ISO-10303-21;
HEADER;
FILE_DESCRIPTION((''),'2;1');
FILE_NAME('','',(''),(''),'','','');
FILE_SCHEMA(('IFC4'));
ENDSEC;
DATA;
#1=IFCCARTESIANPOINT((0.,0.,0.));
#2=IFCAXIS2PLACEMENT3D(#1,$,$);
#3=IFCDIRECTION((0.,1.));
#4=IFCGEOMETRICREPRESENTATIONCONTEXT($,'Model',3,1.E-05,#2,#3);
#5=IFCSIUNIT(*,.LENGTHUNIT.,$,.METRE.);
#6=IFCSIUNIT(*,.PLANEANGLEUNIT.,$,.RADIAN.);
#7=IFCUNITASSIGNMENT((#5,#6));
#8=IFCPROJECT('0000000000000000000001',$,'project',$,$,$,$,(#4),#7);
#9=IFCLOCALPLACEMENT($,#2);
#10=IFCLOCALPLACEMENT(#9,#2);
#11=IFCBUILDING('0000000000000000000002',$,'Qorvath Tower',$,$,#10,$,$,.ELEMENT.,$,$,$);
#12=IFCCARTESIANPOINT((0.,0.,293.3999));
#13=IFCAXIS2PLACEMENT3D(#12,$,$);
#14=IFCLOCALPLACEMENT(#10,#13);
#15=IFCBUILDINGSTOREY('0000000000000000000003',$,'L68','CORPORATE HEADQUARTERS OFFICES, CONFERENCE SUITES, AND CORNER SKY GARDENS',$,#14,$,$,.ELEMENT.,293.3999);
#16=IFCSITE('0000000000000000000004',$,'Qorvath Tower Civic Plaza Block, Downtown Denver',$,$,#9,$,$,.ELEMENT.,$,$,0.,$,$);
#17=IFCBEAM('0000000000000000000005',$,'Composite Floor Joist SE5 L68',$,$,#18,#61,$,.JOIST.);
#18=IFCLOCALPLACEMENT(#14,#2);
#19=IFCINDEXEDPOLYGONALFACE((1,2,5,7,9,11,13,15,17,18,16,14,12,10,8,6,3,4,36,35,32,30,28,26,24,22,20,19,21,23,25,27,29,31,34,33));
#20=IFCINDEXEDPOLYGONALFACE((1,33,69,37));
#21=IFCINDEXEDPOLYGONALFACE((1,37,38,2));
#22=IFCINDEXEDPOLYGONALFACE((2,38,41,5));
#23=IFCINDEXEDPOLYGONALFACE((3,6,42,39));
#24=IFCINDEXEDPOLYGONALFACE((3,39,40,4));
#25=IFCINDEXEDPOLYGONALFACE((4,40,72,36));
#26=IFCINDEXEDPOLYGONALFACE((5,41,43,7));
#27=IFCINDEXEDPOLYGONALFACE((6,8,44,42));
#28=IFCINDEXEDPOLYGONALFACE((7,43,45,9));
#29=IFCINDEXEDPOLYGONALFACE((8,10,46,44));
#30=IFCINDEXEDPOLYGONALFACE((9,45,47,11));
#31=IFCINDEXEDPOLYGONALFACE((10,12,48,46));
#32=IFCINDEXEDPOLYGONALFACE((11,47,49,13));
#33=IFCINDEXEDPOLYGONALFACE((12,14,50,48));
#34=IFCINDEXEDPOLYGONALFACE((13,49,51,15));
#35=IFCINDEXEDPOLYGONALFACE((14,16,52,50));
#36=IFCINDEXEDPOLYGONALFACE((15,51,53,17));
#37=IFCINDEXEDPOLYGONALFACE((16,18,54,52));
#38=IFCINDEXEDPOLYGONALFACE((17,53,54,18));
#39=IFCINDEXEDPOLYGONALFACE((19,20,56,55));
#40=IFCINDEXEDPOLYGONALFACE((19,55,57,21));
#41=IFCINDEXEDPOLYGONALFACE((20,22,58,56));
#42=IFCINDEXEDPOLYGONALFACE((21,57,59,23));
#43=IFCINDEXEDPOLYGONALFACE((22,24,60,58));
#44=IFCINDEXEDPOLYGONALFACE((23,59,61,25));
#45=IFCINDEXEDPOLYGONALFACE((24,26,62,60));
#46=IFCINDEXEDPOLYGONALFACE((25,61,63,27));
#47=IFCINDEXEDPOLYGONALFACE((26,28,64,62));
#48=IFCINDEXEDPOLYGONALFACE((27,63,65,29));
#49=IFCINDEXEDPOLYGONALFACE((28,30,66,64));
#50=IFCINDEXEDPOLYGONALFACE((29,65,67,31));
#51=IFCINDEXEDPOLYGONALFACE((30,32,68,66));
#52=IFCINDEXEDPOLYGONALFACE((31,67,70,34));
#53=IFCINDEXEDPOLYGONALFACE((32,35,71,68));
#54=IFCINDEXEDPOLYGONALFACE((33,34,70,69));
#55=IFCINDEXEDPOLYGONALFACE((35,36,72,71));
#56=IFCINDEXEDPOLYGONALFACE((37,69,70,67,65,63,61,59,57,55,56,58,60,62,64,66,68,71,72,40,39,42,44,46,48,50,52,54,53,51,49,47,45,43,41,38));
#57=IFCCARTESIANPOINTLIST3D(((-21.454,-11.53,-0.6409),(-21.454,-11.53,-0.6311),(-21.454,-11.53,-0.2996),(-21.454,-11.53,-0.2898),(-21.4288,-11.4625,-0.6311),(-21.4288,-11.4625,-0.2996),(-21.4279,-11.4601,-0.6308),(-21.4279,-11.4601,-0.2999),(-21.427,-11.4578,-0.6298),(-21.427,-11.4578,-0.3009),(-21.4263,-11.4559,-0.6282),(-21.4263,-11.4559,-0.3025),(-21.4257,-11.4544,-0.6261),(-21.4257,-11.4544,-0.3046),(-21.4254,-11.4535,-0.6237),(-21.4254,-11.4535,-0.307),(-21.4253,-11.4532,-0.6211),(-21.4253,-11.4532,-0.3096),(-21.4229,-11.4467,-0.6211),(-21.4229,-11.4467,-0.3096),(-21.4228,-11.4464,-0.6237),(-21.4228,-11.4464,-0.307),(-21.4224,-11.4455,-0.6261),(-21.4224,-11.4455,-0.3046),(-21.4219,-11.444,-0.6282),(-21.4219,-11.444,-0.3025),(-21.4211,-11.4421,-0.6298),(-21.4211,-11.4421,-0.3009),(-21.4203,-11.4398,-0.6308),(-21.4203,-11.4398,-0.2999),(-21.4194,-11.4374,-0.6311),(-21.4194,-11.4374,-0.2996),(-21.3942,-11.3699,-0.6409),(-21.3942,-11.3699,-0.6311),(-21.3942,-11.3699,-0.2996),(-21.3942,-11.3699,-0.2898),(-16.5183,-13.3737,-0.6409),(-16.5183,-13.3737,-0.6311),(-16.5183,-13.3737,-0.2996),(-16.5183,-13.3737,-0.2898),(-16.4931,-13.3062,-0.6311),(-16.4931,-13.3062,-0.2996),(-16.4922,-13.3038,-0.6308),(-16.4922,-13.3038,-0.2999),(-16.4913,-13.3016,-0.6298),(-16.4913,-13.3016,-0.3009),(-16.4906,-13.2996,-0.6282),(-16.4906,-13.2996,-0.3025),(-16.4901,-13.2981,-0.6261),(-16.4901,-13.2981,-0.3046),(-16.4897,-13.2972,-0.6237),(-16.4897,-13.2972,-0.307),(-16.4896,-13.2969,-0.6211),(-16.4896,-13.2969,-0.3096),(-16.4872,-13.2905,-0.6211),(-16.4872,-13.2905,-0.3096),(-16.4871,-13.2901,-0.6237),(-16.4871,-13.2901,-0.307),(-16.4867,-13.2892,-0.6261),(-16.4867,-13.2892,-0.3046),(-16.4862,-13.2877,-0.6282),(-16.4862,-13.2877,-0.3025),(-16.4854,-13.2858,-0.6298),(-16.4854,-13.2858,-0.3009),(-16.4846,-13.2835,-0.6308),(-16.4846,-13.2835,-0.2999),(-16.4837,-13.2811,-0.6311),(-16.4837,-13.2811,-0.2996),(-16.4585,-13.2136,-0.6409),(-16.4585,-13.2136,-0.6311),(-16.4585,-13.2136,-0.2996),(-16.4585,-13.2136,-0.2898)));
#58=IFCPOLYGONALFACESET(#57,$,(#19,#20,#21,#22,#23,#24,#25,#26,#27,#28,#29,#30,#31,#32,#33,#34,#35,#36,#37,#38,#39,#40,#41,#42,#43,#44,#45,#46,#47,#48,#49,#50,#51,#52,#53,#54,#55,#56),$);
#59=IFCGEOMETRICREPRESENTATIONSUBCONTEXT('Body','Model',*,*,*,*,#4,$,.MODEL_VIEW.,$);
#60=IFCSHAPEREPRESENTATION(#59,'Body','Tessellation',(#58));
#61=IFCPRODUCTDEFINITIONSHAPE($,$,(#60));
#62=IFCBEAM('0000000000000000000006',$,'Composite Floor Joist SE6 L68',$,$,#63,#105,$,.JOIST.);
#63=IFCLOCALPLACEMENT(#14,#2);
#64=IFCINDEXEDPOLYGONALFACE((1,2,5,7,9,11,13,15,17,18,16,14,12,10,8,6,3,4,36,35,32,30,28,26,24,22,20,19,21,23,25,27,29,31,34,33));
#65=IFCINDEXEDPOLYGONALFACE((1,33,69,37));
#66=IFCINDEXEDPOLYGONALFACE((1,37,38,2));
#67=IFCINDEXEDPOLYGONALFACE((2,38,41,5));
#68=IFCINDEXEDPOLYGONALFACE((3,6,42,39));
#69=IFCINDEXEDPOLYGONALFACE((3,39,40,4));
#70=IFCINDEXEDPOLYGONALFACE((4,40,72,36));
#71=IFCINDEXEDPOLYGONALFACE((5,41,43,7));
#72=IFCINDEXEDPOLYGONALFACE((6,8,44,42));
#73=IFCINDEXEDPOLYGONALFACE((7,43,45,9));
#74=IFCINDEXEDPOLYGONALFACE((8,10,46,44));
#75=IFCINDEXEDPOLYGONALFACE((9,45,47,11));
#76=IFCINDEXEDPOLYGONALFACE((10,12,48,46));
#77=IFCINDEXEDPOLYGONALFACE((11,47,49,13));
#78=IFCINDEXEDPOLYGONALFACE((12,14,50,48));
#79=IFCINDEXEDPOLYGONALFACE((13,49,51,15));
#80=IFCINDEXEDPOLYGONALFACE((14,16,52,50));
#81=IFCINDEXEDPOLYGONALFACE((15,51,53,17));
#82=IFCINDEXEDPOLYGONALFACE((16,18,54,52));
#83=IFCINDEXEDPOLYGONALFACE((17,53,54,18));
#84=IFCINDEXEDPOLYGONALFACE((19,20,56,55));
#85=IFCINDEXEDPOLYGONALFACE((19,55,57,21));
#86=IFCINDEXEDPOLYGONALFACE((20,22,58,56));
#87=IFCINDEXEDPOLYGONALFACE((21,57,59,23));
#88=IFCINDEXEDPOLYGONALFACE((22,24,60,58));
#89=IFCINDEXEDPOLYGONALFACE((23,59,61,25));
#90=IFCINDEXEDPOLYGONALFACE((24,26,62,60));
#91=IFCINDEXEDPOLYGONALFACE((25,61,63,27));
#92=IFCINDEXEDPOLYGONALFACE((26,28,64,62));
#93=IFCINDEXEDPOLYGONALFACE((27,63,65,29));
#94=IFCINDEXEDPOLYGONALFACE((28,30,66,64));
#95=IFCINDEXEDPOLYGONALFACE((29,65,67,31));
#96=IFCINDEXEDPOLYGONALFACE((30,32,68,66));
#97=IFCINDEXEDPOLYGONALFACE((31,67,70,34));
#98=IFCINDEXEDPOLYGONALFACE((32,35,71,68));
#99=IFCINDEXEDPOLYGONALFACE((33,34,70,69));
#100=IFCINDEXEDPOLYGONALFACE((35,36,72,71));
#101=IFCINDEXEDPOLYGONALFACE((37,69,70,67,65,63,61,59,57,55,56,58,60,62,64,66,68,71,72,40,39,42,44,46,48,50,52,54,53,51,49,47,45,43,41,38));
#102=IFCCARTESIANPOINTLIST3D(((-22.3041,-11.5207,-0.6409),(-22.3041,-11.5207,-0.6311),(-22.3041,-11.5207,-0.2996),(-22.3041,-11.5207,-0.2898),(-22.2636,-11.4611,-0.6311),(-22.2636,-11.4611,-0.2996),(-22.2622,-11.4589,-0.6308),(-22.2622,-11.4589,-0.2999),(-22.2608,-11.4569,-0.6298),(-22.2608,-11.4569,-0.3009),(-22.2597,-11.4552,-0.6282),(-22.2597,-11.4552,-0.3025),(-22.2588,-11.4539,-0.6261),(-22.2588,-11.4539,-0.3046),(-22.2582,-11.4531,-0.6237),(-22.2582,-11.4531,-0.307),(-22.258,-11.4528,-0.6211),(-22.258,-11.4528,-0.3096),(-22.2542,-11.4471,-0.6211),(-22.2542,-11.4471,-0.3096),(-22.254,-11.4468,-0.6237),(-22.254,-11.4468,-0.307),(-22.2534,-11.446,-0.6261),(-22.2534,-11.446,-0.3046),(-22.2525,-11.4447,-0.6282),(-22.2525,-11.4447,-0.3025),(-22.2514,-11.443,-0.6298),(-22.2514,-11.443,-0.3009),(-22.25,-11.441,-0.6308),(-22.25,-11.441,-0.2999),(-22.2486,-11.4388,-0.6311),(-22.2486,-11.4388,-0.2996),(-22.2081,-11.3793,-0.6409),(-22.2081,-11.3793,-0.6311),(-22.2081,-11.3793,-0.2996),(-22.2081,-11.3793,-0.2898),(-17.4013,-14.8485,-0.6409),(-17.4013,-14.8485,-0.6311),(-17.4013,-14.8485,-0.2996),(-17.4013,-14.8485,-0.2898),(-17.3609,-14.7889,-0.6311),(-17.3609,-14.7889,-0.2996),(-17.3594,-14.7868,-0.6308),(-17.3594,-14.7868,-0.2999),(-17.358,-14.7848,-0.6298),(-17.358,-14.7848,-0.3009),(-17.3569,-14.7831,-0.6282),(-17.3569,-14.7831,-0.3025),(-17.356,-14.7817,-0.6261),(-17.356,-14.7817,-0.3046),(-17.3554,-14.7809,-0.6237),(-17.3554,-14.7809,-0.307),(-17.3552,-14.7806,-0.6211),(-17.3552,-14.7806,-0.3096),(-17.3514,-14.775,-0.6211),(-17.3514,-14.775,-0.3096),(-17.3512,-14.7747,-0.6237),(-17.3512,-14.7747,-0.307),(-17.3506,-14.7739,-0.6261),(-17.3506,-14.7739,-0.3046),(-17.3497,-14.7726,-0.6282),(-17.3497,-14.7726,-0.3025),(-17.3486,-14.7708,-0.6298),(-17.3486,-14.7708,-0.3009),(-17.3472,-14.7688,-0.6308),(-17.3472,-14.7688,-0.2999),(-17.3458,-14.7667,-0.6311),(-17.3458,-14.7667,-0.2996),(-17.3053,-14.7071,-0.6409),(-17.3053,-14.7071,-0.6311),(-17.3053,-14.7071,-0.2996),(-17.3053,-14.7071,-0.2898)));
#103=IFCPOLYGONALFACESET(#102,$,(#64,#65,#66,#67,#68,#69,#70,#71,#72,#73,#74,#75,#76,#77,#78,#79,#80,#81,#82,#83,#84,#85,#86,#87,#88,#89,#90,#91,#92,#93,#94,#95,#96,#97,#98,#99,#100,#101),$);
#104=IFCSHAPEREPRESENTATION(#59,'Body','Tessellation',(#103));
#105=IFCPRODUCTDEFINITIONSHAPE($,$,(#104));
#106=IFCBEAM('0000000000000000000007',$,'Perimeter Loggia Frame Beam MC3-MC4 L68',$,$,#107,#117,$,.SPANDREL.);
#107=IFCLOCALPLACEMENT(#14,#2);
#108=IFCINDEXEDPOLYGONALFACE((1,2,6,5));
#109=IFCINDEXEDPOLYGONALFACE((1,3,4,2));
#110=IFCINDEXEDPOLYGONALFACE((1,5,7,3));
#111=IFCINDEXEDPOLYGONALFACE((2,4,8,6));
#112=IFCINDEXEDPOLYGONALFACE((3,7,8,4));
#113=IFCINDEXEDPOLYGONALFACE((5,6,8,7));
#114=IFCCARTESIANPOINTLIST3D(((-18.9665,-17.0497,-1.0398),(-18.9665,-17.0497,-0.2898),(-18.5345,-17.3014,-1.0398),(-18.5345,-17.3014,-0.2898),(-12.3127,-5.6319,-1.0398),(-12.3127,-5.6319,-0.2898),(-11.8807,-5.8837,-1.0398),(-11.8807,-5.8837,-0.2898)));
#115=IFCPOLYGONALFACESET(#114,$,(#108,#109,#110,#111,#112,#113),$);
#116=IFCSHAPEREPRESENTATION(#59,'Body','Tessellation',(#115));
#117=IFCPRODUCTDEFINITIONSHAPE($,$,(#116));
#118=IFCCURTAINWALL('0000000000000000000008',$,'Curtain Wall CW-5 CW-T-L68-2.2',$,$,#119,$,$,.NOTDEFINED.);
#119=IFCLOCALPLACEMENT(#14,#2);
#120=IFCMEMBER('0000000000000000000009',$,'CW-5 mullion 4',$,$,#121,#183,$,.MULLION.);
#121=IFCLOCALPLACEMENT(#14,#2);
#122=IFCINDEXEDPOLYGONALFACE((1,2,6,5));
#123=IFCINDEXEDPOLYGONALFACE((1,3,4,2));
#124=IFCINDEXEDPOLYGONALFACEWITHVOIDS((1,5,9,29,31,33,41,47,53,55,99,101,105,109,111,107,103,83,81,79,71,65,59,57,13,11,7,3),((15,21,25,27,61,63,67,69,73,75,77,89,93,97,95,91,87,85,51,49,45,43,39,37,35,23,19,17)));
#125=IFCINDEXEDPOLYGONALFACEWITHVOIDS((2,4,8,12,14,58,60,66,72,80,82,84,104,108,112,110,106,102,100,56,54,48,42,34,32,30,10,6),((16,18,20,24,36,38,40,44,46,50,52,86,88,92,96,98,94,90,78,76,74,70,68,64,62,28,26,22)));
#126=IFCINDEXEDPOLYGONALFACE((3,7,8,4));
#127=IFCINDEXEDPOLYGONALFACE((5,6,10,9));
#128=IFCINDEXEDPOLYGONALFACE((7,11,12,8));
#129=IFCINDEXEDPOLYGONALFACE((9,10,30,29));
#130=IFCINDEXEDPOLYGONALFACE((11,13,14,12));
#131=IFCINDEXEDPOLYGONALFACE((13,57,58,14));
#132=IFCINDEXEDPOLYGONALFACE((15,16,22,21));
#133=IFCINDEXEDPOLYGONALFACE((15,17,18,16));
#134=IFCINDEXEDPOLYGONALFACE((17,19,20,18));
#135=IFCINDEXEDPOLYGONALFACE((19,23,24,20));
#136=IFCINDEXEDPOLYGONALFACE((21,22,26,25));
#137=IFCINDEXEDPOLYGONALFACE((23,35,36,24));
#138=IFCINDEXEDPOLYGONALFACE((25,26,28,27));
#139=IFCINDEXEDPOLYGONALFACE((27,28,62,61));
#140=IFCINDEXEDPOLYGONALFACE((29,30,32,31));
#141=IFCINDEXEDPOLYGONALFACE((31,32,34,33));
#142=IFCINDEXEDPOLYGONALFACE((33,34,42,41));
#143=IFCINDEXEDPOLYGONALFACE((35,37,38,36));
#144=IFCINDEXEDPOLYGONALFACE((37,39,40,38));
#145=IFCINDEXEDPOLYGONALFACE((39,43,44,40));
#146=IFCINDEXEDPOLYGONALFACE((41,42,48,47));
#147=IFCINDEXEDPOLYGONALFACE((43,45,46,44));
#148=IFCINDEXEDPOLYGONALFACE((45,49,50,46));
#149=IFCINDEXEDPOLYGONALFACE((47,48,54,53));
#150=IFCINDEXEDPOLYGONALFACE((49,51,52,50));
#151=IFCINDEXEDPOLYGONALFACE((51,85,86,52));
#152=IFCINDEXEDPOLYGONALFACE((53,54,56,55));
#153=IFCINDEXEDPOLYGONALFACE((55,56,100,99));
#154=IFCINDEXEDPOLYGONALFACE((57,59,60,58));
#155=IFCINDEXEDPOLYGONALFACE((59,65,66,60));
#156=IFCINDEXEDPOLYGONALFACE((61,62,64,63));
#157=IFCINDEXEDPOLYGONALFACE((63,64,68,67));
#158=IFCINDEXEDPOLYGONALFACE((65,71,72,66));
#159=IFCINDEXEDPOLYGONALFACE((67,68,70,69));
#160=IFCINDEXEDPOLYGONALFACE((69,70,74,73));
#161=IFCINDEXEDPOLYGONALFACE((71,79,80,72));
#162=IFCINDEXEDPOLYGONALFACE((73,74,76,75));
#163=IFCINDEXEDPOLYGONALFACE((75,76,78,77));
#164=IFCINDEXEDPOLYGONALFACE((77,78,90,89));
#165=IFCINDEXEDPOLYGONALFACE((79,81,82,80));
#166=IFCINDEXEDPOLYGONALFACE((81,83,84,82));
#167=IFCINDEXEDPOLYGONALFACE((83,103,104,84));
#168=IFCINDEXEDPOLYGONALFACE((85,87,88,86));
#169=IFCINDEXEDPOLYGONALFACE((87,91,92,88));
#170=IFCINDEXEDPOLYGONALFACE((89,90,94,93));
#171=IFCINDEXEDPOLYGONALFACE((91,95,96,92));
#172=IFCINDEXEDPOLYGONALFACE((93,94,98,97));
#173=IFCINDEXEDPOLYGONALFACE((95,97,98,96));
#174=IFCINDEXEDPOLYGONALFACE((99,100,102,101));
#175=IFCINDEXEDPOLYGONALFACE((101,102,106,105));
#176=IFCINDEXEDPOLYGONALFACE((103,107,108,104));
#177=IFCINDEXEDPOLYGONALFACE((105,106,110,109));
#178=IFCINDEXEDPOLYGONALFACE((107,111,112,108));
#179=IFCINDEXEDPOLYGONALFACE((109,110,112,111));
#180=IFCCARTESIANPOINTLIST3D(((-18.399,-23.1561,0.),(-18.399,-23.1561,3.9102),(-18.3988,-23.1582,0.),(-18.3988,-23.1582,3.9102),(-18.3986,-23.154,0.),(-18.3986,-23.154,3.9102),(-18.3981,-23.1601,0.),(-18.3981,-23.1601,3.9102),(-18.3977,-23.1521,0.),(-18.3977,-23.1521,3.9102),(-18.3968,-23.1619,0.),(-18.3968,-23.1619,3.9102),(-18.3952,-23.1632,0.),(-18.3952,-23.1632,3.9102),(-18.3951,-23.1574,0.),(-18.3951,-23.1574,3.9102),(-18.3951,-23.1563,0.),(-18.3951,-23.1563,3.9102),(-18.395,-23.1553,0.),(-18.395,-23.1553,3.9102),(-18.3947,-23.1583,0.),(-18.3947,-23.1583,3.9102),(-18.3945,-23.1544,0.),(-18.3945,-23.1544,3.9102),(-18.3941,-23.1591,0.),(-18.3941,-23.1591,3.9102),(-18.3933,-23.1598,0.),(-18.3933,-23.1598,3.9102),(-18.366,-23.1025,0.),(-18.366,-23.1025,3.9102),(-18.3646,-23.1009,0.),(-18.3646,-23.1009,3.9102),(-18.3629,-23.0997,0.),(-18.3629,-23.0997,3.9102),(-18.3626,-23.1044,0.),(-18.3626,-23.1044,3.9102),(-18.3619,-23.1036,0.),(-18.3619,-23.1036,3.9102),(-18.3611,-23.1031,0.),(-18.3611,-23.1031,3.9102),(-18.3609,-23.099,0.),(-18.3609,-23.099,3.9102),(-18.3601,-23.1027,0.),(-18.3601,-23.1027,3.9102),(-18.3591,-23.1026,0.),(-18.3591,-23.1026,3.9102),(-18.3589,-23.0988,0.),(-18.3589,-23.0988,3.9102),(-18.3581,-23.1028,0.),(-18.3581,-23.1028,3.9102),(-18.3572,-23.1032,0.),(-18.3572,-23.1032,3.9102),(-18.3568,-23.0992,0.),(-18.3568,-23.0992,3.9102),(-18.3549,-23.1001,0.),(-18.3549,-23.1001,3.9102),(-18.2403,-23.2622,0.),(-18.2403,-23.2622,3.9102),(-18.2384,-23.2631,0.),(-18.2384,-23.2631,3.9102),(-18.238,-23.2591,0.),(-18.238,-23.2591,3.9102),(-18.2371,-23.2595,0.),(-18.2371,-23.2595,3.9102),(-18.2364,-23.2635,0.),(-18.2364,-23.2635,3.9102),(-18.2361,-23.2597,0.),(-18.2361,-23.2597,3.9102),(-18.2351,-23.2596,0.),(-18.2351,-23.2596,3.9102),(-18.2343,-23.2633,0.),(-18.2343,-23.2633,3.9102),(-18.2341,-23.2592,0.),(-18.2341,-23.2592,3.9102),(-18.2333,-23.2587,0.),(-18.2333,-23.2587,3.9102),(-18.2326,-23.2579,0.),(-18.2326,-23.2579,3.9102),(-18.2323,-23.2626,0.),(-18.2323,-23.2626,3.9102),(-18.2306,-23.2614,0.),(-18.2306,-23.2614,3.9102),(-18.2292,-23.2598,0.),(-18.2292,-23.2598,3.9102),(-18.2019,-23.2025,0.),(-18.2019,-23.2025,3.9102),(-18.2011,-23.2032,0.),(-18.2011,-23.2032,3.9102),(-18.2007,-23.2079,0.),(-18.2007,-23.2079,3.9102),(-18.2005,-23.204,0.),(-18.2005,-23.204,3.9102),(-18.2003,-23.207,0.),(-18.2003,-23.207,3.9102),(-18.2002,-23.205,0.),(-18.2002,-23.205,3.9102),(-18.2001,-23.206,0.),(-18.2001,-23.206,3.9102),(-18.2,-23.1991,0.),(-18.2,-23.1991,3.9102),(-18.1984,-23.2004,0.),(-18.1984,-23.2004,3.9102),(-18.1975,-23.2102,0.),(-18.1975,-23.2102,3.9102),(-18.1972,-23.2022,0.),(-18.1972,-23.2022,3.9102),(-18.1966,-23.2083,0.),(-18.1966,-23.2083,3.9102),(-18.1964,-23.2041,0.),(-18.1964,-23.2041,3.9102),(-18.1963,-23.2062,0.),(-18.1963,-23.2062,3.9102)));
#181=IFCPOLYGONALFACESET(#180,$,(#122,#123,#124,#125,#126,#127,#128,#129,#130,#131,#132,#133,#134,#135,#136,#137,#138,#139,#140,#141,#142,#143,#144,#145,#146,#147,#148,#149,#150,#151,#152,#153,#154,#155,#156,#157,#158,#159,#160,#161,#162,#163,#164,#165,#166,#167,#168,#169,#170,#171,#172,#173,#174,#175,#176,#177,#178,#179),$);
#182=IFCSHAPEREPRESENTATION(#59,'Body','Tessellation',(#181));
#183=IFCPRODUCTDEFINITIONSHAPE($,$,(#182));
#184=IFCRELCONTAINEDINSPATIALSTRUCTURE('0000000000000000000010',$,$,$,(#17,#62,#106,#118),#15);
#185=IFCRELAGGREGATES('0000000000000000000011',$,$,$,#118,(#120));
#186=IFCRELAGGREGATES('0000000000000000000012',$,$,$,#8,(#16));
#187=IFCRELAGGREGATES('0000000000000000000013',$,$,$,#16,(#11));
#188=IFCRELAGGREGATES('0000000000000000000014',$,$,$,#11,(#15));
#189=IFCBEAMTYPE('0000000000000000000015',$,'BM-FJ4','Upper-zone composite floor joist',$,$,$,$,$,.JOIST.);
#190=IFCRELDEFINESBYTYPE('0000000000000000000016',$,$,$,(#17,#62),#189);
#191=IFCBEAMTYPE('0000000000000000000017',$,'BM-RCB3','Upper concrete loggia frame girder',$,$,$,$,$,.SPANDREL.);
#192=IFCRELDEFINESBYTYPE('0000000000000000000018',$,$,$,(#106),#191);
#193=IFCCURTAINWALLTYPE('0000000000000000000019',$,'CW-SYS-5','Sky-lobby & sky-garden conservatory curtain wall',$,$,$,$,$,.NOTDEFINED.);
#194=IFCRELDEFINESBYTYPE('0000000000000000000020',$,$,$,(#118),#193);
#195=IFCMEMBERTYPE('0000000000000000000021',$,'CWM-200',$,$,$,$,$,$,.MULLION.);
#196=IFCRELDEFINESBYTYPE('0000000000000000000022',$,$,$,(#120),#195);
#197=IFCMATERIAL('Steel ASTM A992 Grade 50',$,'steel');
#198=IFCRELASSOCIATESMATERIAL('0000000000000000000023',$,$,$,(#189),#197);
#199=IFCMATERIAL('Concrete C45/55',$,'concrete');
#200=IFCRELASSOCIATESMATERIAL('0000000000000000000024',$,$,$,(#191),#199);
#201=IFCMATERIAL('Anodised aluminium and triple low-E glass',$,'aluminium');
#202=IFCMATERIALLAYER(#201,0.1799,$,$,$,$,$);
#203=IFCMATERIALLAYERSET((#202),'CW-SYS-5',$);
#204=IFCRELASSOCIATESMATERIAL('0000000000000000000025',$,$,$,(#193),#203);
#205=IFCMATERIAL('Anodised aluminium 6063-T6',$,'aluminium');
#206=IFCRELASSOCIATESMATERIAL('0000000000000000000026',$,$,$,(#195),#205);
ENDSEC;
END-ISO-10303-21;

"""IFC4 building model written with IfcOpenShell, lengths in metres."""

from ifc_helpers import new_model, si_unit, direction, frame, origin, origin_2d, place, context, subcontext, project, spatial, rectangle, hollow_rectangle, i_section, extrude, material, layer, layer_set, material_profile, profile_set, type_object, element, aggregate, save


model = new_model("IFC4")

# Units and contexts
model_context = context("Model", 3, precision=1e-05, world=origin(), true_north=direction((0.0, 1.0)))
body_context = subcontext(model_context, "Body", "Model", "MODEL_VIEW")
ifc_project = project(units=[si_unit("LENGTHUNIT", "METRE"), si_unit("PLANEANGLEUNIT", "RADIAN")], contexts=[model_context])

# Site, building, storey
site_placement = place(None, origin())
site = spatial("IfcSite", under=ifc_project, at=site_placement, Name="Qorvath Tower Civic Plaza Block, Downtown Denver", CompositionType="ELEMENT", RefElevation=0.0)
building_placement = place(site_placement, origin())
building = spatial("IfcBuilding", under=site, at=building_placement, Name="Qorvath Tower", CompositionType="ELEMENT")
storey_placement = place(building_placement, frame((0.0, 0.0, 293.3999)))
storey = spatial("IfcBuildingStorey", under=building, at=storey_placement, Name="L68", Description="CORPORATE HEADQUARTERS OFFICES, CONFERENCE SUITES, AND CORNER SKY GARDENS", CompositionType="ELEMENT", Elevation=293.3999)

# Beams
ifc_material_1 = material(Name="Steel ASTM A992 Grade 50", Category="steel")
ifc_material_profile_1 = material_profile(ifc_material_1, i_section(OverallWidth=0.1709, OverallDepth=0.3511, WebThickness=0.0068, FlangeThickness=0.0098, FilletRadius=0.01, at=origin_2d()), Name="W14x30")
ifc_profile_set_1 = profile_set([ifc_material_profile_1], Name="Steel ASTM A992 Grade 50")
beam_type_1 = type_object("IfcBeamType", Name="BM-FJ4", Description="Upper-zone composite floor joist", PredefinedType="JOIST", material=ifc_profile_set_1)
beam_1_placement = place(storey_placement, frame((-21.4241, -11.45, -0.4653), z_axis=(0.936776, -0.34993, 0.0), x_axis=(0.34993, 0.936776, 0.0)))
element("IfcBeam", 1, at=beam_1_placement, inside=storey, type_object=beam_type_1, Name="Composite Floor Joist SE5 L68", PredefinedType="JOIST", context=body_context, shape_type="SweptSolid", body=[
    extrude(i_section(OverallWidth=0.1709, OverallDepth=0.3511, WebThickness=0.0068, FlangeThickness=0.0098, FilletRadius=0.01, at=origin_2d()), origin(), (0.0, 0.0, 1.0), 5.2688),
])
beam_2_placement = place(storey_placement, frame((-22.2561, -11.45, -0.4653), z_axis=(0.827401, -0.561612, 0.0), x_axis=(0.561612, 0.827401, 0.0)))
element("IfcBeam", 2, at=beam_2_placement, inside=storey, type_object=beam_type_1, Name="Composite Floor Joist SE6 L68", PredefinedType="JOIST", context=body_context, shape_type="SweptSolid", body=[
    extrude(i_section(OverallWidth=0.1709, OverallDepth=0.3511, WebThickness=0.0068, FlangeThickness=0.0098, FilletRadius=0.01, at=origin_2d()), origin(), (0.0, 0.0, 1.0), 5.9255),
])
ifc_material_2 = material(Name="Concrete C45/55", Category="concrete")
ifc_material_profile_2 = material_profile(ifc_material_2, rectangle(XDim=0.5, YDim=0.75, at=origin_2d()), Name="RCB 750x500")
ifc_profile_set_2 = profile_set([ifc_material_profile_2], Name="Concrete C45/55")
beam_type_2 = type_object("IfcBeamType", Name="BM-RCB3", Description="Upper concrete loggia frame girder", PredefinedType="SPANDREL", material=ifc_profile_set_2)
beam_3_placement = place(storey_placement, frame((-18.7505, -17.1755, -0.6648), z_axis=(0.503502, 0.863994, 0.0), x_axis=(-0.863994, 0.503502, 0.0)))
element("IfcBeam", 3, at=beam_3_placement, inside=storey, type_object=beam_type_2, Name="Perimeter Loggia Frame Beam MC3-MC4 L68", PredefinedType="SPANDREL", context=body_context, shape_type="SweptSolid", body=[
    extrude(rectangle(XDim=0.5, YDim=0.75, at=origin_2d()), origin(), (0.0, 0.0, 1.0), 13.2151),
])

# Curtain wall, member
ifc_material_3 = material(Name="Anodised aluminium and triple low-E glass", Category="aluminium")
ifc_layer_1 = layer(ifc_material_3, 0.1799)
ifc_layer_set_1 = layer_set([ifc_layer_1], Name="CW-SYS-5")
curtain_wall_type = type_object("IfcCurtainWallType", Name="CW-SYS-5", Description="Sky-lobby & sky-garden conservatory curtain wall", PredefinedType="NOTDEFINED", material=ifc_layer_set_1)
curtain_wall_1_placement = place(storey_placement, origin())
curtain_wall_1 = element("IfcCurtainWall", 4, at=curtain_wall_1_placement, inside=storey, type_object=curtain_wall_type, Name="Curtain Wall CW-5 CW-T-L68-2.2", PredefinedType="NOTDEFINED")
ifc_material_4 = material(Name="Anodised aluminium 6063-T6", Category="aluminium")
ifc_material_profile_3 = material_profile(ifc_material_4, hollow_rectangle(XDim=0.075, YDim=0.2, WallThickness=0.0039, InnerFilletRadius=0.0039, OuterFilletRadius=0.0081, at=origin_2d()), Name="CWM 200x75")
ifc_profile_set_3 = profile_set([ifc_material_profile_3], Name="Anodised aluminium 6063-T6")
member_type_1 = type_object("IfcMemberType", Name="CWM-200", PredefinedType="MULLION", material=ifc_profile_set_3)
member_1_placement = place(storey_placement, frame((-18.2976, -23.1812, 0.0), z_axis=(0.0, 0.0, 1.0), x_axis=(0.538533, 0.842605, 0.0)))
member_1 = element("IfcMember", 5, at=member_1_placement, type_object=member_type_1, Name="CW-5 mullion 4", PredefinedType="MULLION", context=body_context, shape_type="SweptSolid", body=[
    extrude(hollow_rectangle(XDim=0.075, YDim=0.2, WallThickness=0.0039, InnerFilletRadius=0.0039, OuterFilletRadius=0.0081, at=origin_2d()), origin(), (0.0, 0.0, 1.0), 3.9102),
])

aggregate(curtain_wall_1, [member_1])

save(model, "model.ifc")
